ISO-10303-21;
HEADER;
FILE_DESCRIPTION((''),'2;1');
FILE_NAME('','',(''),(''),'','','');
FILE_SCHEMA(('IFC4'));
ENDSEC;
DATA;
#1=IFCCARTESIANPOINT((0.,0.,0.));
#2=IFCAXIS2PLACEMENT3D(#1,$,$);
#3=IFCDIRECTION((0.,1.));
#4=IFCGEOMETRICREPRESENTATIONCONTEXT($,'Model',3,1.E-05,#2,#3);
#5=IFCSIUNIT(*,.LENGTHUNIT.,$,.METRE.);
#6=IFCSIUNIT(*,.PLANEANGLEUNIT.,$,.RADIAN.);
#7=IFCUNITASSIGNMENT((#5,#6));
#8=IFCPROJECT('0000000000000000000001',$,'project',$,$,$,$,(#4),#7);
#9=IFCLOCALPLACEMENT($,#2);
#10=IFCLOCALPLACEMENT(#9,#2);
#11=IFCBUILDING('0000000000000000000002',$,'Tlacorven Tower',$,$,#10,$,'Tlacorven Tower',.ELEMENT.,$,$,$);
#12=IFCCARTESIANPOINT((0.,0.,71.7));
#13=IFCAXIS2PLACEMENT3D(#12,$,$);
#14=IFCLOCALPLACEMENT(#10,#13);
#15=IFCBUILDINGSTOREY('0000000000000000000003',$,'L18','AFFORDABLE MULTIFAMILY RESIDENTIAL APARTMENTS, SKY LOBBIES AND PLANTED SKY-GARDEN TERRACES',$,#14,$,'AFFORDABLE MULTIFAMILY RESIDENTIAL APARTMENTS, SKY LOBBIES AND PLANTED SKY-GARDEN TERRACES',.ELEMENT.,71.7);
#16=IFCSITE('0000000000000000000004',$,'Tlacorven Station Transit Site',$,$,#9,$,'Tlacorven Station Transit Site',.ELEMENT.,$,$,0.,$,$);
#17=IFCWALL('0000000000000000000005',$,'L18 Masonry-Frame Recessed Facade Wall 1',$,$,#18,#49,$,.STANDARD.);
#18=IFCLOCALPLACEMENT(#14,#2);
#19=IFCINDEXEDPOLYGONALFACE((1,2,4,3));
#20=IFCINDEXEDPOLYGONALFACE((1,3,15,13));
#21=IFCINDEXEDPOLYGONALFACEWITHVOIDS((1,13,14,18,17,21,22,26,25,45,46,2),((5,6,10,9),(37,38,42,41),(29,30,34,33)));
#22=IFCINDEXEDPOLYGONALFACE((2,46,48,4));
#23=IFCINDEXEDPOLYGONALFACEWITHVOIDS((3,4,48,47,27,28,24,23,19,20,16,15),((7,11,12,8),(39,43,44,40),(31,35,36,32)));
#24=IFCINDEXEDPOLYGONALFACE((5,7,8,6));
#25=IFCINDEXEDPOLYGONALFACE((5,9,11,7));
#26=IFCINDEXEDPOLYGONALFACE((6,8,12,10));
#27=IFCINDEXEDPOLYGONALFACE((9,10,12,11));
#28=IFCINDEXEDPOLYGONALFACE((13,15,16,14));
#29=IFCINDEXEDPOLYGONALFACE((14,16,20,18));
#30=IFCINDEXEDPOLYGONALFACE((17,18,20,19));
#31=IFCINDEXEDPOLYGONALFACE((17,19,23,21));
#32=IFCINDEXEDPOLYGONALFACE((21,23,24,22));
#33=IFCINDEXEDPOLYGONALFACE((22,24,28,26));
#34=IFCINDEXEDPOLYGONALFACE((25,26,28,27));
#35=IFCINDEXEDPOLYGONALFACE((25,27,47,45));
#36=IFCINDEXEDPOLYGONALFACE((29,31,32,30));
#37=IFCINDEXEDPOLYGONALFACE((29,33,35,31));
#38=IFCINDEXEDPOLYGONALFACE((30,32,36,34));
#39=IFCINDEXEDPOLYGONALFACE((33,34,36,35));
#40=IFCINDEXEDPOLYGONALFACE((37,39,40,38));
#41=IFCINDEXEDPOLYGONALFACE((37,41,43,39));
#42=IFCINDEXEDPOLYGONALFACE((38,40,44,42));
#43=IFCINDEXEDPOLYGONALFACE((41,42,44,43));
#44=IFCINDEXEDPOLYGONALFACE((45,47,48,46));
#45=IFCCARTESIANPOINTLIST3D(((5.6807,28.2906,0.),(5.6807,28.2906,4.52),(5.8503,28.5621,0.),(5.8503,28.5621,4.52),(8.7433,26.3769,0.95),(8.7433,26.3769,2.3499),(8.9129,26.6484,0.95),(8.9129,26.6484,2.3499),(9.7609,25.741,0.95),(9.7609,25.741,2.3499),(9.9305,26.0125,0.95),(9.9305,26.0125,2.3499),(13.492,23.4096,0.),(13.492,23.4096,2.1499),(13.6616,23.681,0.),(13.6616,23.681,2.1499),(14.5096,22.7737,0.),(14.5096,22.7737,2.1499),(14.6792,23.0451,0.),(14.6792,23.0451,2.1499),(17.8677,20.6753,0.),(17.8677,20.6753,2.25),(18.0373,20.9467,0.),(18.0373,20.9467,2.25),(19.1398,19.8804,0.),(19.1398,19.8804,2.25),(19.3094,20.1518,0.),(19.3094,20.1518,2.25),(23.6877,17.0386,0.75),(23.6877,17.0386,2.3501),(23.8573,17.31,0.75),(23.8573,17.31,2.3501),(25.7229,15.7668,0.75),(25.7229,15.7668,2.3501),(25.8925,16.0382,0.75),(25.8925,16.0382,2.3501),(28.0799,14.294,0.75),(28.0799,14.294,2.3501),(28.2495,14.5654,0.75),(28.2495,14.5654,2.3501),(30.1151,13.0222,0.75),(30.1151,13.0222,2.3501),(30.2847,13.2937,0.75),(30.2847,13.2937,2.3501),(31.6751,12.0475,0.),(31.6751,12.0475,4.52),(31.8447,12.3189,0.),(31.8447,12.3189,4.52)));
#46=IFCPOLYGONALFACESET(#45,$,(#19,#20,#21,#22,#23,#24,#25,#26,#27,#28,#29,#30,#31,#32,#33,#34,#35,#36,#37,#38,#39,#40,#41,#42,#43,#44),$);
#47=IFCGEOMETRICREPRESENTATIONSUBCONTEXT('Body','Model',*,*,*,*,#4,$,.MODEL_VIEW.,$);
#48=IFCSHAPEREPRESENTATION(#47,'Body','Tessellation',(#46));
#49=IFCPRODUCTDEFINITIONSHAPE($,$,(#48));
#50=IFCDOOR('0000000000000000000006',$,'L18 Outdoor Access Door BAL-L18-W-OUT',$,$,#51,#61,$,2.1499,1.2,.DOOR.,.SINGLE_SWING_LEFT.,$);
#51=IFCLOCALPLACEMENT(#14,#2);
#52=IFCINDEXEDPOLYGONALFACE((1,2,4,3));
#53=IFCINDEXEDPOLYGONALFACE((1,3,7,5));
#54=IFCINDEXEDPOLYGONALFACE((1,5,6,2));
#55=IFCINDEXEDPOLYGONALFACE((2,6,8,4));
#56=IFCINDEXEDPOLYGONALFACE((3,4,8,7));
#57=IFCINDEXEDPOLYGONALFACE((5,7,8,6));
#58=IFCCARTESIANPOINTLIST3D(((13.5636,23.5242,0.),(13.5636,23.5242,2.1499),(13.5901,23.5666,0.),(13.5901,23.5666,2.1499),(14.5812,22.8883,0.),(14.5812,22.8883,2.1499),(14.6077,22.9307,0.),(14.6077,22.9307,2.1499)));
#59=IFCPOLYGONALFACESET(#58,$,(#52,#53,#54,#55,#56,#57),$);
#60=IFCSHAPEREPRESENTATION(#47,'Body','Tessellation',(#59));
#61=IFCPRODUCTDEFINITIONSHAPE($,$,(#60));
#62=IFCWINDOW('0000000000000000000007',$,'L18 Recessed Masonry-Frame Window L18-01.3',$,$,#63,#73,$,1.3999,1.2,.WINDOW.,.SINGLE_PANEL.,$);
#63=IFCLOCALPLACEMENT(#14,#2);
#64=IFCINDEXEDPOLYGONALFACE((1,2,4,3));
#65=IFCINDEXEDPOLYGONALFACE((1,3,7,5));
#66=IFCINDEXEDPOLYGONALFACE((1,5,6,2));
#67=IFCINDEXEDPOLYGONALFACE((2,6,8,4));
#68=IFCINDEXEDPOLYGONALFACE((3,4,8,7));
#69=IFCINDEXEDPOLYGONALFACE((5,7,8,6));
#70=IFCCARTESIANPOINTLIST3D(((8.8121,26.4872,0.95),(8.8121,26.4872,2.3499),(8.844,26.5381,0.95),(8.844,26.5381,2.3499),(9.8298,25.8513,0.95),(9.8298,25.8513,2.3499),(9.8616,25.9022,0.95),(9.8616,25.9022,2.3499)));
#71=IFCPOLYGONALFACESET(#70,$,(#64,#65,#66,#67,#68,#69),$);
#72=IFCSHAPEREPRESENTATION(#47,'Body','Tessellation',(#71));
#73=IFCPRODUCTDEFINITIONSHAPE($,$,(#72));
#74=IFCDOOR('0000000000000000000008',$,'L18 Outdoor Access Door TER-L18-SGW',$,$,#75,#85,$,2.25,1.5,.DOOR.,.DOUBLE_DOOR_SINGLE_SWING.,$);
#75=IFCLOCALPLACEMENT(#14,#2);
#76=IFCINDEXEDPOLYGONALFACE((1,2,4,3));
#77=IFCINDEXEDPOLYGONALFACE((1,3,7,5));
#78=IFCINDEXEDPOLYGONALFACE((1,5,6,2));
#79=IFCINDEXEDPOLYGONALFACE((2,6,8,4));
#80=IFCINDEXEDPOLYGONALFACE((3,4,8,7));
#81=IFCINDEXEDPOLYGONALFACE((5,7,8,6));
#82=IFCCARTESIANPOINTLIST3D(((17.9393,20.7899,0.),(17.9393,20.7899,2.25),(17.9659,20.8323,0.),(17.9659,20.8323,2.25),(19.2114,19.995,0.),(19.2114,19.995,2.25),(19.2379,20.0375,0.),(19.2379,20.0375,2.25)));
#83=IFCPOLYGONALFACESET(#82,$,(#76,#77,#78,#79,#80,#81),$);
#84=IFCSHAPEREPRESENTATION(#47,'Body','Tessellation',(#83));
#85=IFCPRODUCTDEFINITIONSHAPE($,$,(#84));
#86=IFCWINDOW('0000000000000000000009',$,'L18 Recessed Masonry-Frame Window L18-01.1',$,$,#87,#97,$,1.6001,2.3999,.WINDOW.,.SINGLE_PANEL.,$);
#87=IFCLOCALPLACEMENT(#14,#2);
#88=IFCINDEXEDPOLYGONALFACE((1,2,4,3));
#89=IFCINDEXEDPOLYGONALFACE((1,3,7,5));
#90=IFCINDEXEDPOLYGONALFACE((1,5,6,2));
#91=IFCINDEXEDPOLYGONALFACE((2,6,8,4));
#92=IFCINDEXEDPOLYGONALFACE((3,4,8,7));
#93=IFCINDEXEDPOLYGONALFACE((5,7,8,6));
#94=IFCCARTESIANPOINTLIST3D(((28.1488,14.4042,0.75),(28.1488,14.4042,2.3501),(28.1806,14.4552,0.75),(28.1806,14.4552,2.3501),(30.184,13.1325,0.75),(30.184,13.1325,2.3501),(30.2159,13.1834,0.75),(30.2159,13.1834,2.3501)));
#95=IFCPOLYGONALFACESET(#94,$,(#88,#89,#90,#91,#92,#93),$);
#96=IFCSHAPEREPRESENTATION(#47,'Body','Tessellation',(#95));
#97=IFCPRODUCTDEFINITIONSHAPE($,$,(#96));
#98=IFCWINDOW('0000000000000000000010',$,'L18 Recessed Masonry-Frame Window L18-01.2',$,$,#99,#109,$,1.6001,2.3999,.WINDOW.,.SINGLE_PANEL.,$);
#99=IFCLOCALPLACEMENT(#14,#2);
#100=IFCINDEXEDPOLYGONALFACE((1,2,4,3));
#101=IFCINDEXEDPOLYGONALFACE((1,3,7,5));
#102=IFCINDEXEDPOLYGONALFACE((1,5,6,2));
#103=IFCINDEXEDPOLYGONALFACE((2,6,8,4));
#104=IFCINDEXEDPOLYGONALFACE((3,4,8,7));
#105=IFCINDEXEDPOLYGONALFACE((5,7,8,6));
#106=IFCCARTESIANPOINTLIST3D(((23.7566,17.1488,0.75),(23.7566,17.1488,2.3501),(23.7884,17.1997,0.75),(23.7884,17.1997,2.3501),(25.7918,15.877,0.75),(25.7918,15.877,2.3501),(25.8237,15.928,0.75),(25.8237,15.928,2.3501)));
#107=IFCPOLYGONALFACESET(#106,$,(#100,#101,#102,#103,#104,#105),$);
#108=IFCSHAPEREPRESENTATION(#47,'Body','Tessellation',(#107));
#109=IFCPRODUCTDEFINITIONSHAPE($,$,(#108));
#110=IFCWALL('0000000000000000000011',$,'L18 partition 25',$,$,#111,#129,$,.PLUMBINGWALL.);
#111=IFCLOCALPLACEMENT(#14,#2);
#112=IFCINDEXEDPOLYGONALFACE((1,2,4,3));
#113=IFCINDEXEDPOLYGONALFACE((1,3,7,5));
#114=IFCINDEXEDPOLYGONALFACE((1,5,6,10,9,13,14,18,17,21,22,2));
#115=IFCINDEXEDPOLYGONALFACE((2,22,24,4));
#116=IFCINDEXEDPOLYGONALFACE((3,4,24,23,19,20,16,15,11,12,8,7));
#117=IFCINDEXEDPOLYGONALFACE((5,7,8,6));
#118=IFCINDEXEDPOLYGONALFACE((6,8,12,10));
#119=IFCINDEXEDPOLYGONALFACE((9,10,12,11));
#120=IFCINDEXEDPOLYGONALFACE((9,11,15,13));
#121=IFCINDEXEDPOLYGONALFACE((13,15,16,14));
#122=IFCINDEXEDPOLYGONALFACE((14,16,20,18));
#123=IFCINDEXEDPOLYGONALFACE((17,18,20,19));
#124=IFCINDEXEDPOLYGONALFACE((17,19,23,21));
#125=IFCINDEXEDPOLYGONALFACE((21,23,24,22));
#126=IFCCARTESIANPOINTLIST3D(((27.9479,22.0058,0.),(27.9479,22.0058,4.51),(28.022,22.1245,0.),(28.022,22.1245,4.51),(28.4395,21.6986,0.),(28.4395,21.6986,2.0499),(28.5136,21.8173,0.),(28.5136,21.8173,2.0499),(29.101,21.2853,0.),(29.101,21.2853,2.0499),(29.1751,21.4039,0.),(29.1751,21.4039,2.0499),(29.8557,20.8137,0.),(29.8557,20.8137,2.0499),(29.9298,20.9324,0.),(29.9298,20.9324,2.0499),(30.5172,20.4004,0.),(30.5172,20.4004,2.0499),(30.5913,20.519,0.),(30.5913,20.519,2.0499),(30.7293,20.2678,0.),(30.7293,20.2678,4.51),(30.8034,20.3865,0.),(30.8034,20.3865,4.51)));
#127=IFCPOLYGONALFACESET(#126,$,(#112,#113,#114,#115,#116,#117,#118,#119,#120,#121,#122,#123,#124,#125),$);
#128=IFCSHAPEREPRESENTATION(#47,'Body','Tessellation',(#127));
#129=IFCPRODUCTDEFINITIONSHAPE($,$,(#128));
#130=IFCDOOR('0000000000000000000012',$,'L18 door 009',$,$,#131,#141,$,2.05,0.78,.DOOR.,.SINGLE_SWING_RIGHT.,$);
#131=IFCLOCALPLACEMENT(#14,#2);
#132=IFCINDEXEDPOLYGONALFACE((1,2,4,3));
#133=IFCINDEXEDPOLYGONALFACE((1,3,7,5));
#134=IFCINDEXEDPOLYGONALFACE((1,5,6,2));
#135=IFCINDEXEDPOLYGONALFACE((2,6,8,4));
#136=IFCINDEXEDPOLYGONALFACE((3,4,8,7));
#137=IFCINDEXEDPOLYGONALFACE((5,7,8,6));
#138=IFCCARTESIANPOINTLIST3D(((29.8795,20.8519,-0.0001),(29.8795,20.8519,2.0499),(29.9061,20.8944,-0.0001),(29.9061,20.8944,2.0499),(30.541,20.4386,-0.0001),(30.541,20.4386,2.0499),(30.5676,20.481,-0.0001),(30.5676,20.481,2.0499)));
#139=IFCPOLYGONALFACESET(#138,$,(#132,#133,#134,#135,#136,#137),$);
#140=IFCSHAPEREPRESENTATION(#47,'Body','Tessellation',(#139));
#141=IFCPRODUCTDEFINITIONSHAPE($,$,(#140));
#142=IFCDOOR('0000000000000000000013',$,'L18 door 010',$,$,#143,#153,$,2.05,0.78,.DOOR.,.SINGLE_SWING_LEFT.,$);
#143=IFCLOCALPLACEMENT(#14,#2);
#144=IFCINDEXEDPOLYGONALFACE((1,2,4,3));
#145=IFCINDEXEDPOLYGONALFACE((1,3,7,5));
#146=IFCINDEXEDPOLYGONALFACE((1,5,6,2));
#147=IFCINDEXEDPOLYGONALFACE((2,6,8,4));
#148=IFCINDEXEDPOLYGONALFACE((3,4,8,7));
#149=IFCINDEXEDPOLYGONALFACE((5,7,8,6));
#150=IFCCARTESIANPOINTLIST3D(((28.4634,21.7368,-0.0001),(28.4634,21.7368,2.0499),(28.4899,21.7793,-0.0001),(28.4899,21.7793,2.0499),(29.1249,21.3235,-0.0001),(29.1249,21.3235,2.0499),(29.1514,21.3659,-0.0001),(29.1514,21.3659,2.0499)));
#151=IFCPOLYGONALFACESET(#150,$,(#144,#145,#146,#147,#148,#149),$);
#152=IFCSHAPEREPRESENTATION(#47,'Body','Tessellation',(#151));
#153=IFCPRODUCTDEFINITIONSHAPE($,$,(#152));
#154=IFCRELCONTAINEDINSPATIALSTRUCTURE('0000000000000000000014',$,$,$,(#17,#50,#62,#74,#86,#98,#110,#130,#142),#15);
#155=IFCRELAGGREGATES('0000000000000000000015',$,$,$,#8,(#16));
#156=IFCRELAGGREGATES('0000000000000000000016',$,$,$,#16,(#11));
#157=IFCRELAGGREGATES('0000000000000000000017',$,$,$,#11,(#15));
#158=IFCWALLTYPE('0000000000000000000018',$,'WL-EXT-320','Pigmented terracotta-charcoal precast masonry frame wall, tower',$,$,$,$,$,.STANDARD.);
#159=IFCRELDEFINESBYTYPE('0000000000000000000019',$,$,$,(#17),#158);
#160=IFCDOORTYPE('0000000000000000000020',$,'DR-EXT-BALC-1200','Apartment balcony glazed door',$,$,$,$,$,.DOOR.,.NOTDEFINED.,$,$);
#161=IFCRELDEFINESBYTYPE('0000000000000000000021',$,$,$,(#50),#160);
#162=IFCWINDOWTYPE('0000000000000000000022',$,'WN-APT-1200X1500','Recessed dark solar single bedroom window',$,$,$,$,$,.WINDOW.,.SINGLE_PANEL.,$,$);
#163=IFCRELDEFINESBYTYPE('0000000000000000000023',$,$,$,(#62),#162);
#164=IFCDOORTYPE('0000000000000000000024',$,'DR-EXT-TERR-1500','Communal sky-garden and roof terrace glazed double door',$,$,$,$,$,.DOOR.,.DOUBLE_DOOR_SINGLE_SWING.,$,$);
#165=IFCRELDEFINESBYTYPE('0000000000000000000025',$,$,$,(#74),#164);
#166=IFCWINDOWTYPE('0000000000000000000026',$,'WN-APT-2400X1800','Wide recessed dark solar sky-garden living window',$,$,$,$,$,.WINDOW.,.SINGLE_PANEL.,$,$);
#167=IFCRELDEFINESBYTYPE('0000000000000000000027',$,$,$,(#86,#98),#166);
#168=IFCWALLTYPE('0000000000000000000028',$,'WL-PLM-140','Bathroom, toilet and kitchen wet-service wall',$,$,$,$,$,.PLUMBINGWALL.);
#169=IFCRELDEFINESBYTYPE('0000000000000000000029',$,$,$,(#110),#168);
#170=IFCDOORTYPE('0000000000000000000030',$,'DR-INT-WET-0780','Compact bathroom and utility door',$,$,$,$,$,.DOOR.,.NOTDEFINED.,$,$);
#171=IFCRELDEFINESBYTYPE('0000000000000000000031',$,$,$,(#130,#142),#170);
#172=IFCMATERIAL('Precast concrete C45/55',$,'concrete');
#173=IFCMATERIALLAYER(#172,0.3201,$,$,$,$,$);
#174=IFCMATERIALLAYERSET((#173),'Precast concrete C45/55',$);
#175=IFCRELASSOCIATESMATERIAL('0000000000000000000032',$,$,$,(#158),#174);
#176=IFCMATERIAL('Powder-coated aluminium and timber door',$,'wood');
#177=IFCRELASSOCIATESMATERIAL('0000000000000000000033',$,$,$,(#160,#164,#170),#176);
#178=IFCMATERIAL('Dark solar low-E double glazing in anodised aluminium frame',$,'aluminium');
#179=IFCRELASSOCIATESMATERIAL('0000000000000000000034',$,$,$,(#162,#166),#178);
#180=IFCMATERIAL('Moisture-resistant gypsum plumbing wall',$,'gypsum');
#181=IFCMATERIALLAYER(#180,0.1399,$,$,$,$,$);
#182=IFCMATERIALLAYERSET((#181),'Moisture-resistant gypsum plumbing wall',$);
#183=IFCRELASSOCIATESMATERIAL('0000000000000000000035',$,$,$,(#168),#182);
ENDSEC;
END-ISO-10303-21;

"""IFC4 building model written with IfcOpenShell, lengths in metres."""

from ifc_helpers import new_model, si_unit, direction, frame, frame_2d, origin, place, context, subcontext, project, spatial, rectangle, extrude, source, transform, mapped, material, layer, layer_set, type_object, element, fill, save


model = new_model("IFC4")

# Units and contexts
model_context = context("Model", 3, precision=1e-05, world=origin(), true_north=direction((0.0, 1.0)))
body_context = subcontext(model_context, "Body", "Model", "MODEL_VIEW")
ifc_project = project(units=[si_unit("LENGTHUNIT", "METRE"), si_unit("PLANEANGLEUNIT", "RADIAN")], contexts=[model_context])

# Site, building, storey
site_placement = place(None, origin())
site = spatial("IfcSite", under=ifc_project, at=site_placement, Name="Tlacorven Station Transit Site", LongName="Tlacorven Station Transit Site", CompositionType="ELEMENT", RefElevation=0.0)
building_placement = place(site_placement, origin())
building = spatial("IfcBuilding", under=site, at=building_placement, Name="Tlacorven Tower", LongName="Tlacorven Tower", CompositionType="ELEMENT")
storey_placement = place(building_placement, frame((0.0, 0.0, 71.7)))
storey = spatial("IfcBuildingStorey", under=building, at=storey_placement, Name="L18", Description="AFFORDABLE MULTIFAMILY RESIDENTIAL APARTMENTS, SKY LOBBIES AND PLANTED SKY-GARDEN TERRACES", LongName="AFFORDABLE MULTIFAMILY RESIDENTIAL APARTMENTS, SKY LOBBIES AND PLANTED SKY-GARDEN TERRACES", CompositionType="ELEMENT", Elevation=71.7)

# Wall, openings, doors, windows
ifc_material_1 = material(Name="Precast concrete C45/55", Category="concrete")
ifc_layer_1 = layer(ifc_material_1, 0.3201)
ifc_layer_set_1 = layer_set([ifc_layer_1], Name="Precast concrete C45/55")
wall_type_1 = type_object("IfcWallType", Name="WL-EXT-320", Description="Pigmented terracotta-charcoal precast masonry frame wall, tower", PredefinedType="STANDARD", material=ifc_layer_set_1)
wall_1_placement = place(storey_placement, frame((31.76, 12.1831, 0.0), z_axis=(0.0, 0.0, 1.0), x_axis=(-0.848047, 0.529921, 0.0)))
wall_1 = element("IfcWall", 1, at=wall_1_placement, inside=storey, type_object=wall_type_1, Name="L18 Masonry-Frame Recessed Facade Wall 1", PredefinedType="STANDARD", context=body_context, shape_type="SweptSolid", body=[
    extrude(rectangle(XDim=30.6521, YDim=0.3201, at=frame_2d((15.3262, 0.0))), origin(), (0.0, 0.0, 1.0), 4.52),
])
opening_1_placement = place(wall_1_placement, frame((20.2412, 0.0, 0.0)))
opening_1 = element("IfcOpeningElement", 2, at=opening_1_placement, cuts=wall_1, PredefinedType="OPENING", context=body_context, shape_type="SweptSolid", body=[
    extrude(rectangle(XDim=1.2, YDim=2.1499, at=frame_2d((0.6001, 1.075))), frame((0.0, 0.1699, 0.0), z_axis=(0.0, -1.0, 0.0), x_axis=(1.0, 0.0, 0.0)), (0.0, 0.0, 1.0), 0.3401),
])
opening_2_placement = place(wall_1_placement, frame((14.7815, 0.0, 0.0)))
opening_2 = element("IfcOpeningElement", 3, at=opening_2_placement, cuts=wall_1, PredefinedType="OPENING", context=body_context, shape_type="SweptSolid", body=[
    extrude(rectangle(XDim=1.5, YDim=2.25, at=frame_2d((0.75, 1.125))), frame((0.0, 0.1699, 0.0), z_axis=(0.0, -1.0, 0.0), x_axis=(1.0, 0.0, 0.0)), (0.0, 0.0, 1.0), 0.3401),
])
opening_3_placement = place(wall_1_placement, frame((1.8396, 0.0, 0.75)))
opening_3 = element("IfcOpeningElement", 4, at=opening_3_placement, cuts=wall_1, PredefinedType="OPENING", context=body_context, shape_type="SweptSolid", body=[
    extrude(rectangle(XDim=2.3999, YDim=1.6001, at=frame_2d((1.2, 0.8))), frame((0.0, 0.1699, 0.0), z_axis=(0.0, -1.0, 0.0), x_axis=(1.0, 0.0, 0.0)), (0.0, 0.0, 1.0), 0.3401),
])
opening_4_placement = place(wall_1_placement, frame((7.0188, 0.0, 0.75)))
opening_4 = element("IfcOpeningElement", 5, at=opening_4_placement, cuts=wall_1, PredefinedType="OPENING", context=body_context, shape_type="SweptSolid", body=[
    extrude(rectangle(XDim=2.3999, YDim=1.6001, at=frame_2d((1.2, 0.8))), frame((0.0, 0.1699, 0.0), z_axis=(0.0, -1.0, 0.0), x_axis=(1.0, 0.0, 0.0)), (0.0, 0.0, 1.0), 0.3401),
])
opening_5_placement = place(wall_1_placement, frame((25.8408, 0.0, 0.95)))
opening_5 = element("IfcOpeningElement", 6, at=opening_5_placement, cuts=wall_1, PredefinedType="OPENING", context=body_context, shape_type="SweptSolid", body=[
    extrude(rectangle(XDim=1.2, YDim=1.3999, at=frame_2d((0.6001, 0.7))), frame((0.0, 0.1699, 0.0), z_axis=(0.0, -1.0, 0.0), x_axis=(1.0, 0.0, 0.0)), (0.0, 0.0, 1.0), 0.3401),
])
ifc_material_2 = material(Name="Powder-coated aluminium and timber door", Category="wood")
door_type_1 = type_object("IfcDoorType", Name="DR-EXT-BALC-1200", Description="Apartment balcony glazed door", OperationType="NOTDEFINED", PredefinedType="DOOR", material=ifc_material_2)
shared_shape_1 = source(origin(), body_context, "Body", "SweptSolid", [
    extrude(rectangle(XDim=1.2, YDim=2.1499, at=frame_2d((0.6001, 1.075))), frame((0.0, 0.0249, 0.0), z_axis=(0.0, -1.0, 0.0), x_axis=(1.0, 0.0, 0.0)), (0.0, 0.0, 1.0), 0.05),
])
door_1_placement = place(opening_1_placement, origin())
door_1 = element("IfcDoor", 7, at=door_1_placement, inside=storey, type_object=door_type_1, Name="L18 Outdoor Access Door BAL-L18-W-OUT", OperationType="SINGLE_SWING_LEFT", OverallHeight=2.1499, OverallWidth=1.2, PredefinedType="DOOR", context=body_context, shape_type="MappedRepresentation", body=[
    mapped(shared_shape_1, transform((0.0, 0.0, 0.0), scale=1.0)),
])
fill(opening_1, door_1)
ifc_material_3 = material(Name="Dark solar low-E double glazing in anodised aluminium frame", Category="aluminium")
window_type_1 = type_object("IfcWindowType", Name="WN-APT-1200X1500", Description="Recessed dark solar single bedroom window", PartitioningType="SINGLE_PANEL", PredefinedType="WINDOW", material=ifc_material_3)
shared_shape_2 = source(origin(), body_context, "Body", "SweptSolid", [
    extrude(rectangle(XDim=1.2, YDim=1.3999, at=frame_2d((0.6001, 0.7))), frame((0.0, 0.03, 0.0), z_axis=(0.0, -1.0, 0.0), x_axis=(1.0, 0.0, 0.0)), (0.0, 0.0, 1.0), 0.0601),
])
window_1_placement = place(opening_5_placement, origin())
window_1 = element("IfcWindow", 8, at=window_1_placement, inside=storey, type_object=window_type_1, Name="L18 Recessed Masonry-Frame Window L18-01.3", OverallHeight=1.3999, OverallWidth=1.2, PartitioningType="SINGLE_PANEL", PredefinedType="WINDOW", context=body_context, shape_type="MappedRepresentation", body=[
    mapped(shared_shape_2, transform((0.0, 0.0, 0.0), scale=1.0)),
])
fill(opening_5, window_1)
door_type_2 = type_object("IfcDoorType", Name="DR-EXT-TERR-1500", Description="Communal sky-garden and roof terrace glazed double door", OperationType="DOUBLE_DOOR_SINGLE_SWING", PredefinedType="DOOR", material=ifc_material_2)
shared_shape_3 = source(origin(), body_context, "Body", "SweptSolid", [
    extrude(rectangle(XDim=1.5, YDim=2.25, at=frame_2d((0.75, 1.125))), frame((0.0, 0.0249, 0.0), z_axis=(0.0, -1.0, 0.0), x_axis=(1.0, 0.0, 0.0)), (0.0, 0.0, 1.0), 0.05),
])
door_2_placement = place(opening_2_placement, origin())
door_2 = element("IfcDoor", 9, at=door_2_placement, inside=storey, type_object=door_type_2, Name="L18 Outdoor Access Door TER-L18-SGW", OperationType="DOUBLE_DOOR_SINGLE_SWING", OverallHeight=2.25, OverallWidth=1.5, PredefinedType="DOOR", context=body_context, shape_type="MappedRepresentation", body=[
    mapped(shared_shape_3, transform((0.0, 0.0, 0.0), scale=1.0)),
])
fill(opening_2, door_2)
window_type_2 = type_object("IfcWindowType", Name="WN-APT-2400X1800", Description="Wide recessed dark solar sky-garden living window", PartitioningType="SINGLE_PANEL", PredefinedType="WINDOW", material=ifc_material_3)
shared_shape_4 = source(origin(), body_context, "Body", "SweptSolid", [
    extrude(rectangle(XDim=2.3999, YDim=1.6001, at=frame_2d((1.2, 0.8))), frame((0.0, 0.03, 0.0), z_axis=(0.0, -1.0, 0.0), x_axis=(1.0, 0.0, 0.0)), (0.0, 0.0, 1.0), 0.0601),
])
window_2_placement = place(opening_3_placement, origin())
window_2 = element("IfcWindow", 10, at=window_2_placement, inside=storey, type_object=window_type_2, Name="L18 Recessed Masonry-Frame Window L18-01.1", OverallHeight=1.6001, OverallWidth=2.3999, PartitioningType="SINGLE_PANEL", PredefinedType="WINDOW", context=body_context, shape_type="MappedRepresentation", body=[
    mapped(shared_shape_4, transform((0.0, 0.0, 0.0), scale=1.0)),
])
fill(opening_3, window_2)
window_3_placement = place(opening_4_placement, origin())
window_3 = element("IfcWindow", 11, at=window_3_placement, inside=storey, type_object=window_type_2, Name="L18 Recessed Masonry-Frame Window L18-01.2", OverallHeight=1.6001, OverallWidth=2.3999, PartitioningType="SINGLE_PANEL", PredefinedType="WINDOW", context=body_context, shape_type="MappedRepresentation", body=[
    mapped(shared_shape_4, transform((0.0, 0.0, 0.0), scale=1.0)),
])
fill(opening_4, window_3)

# Wall, openings, doors
ifc_material_4 = material(Name="Moisture-resistant gypsum plumbing wall", Category="gypsum")
ifc_layer_2 = layer(ifc_material_4, 0.1399)
ifc_layer_set_2 = layer_set([ifc_layer_2], Name="Moisture-resistant gypsum plumbing wall")
wall_type_2 = type_object("IfcWallType", Name="WL-PLM-140", Description="Bathroom, toilet and kitchen wet-service wall", PredefinedType="PLUMBINGWALL", material=ifc_layer_set_2)
wall_2_placement = place(storey_placement, frame((30.7664, 20.3271, 0.0), z_axis=(0.0, 0.0, 1.0), x_axis=(-0.848053, 0.529912, 0.0)))
wall_2 = element("IfcWall", 12, at=wall_2_placement, inside=storey, type_object=wall_type_2, Name="L18 partition 25", PredefinedType="PLUMBINGWALL", context=body_context, shape_type="SweptSolid", body=[
    extrude(rectangle(XDim=3.2798, YDim=0.1399, at=frame_2d((1.6399, 0.0))), origin(), (0.0, 0.0, 1.0), 4.51),
])
opening_6_placement = place(wall_2_placement, frame((0.25, 0.0, 0.0)))
opening_6 = element("IfcOpeningElement", 13, at=opening_6_placement, cuts=wall_2, PredefinedType="OPENING", context=body_context, shape_type="SweptSolid", body=[
    extrude(rectangle(XDim=0.78, YDim=2.05, at=frame_2d((0.3901, 1.0249))), frame((0.0, 0.0801, 0.0), z_axis=(0.0, -1.0, 0.0), x_axis=(1.0, 0.0, 0.0)), (0.0, 0.0, 1.0), 0.1599),
])
opening_7_placement = place(wall_2_placement, frame((1.9199, 0.0, 0.0)))
opening_7 = element("IfcOpeningElement", 14, at=opening_7_placement, cuts=wall_2, PredefinedType="OPENING", context=body_context, shape_type="SweptSolid", body=[
    extrude(rectangle(XDim=0.78, YDim=2.05, at=frame_2d((0.3901, 1.0249))), frame((0.0, 0.0801, 0.0), z_axis=(0.0, -1.0, 0.0), x_axis=(1.0, 0.0, 0.0)), (0.0, 0.0, 1.0), 0.1599),
])
door_type_3 = type_object("IfcDoorType", Name="DR-INT-WET-0780", Description="Compact bathroom and utility door", OperationType="NOTDEFINED", PredefinedType="DOOR", material=ifc_material_2)
shared_shape_5 = source(origin(), body_context, "Body", "SweptSolid", [
    extrude(rectangle(XDim=0.78, YDim=2.05, at=frame_2d((0.3901, 1.0249))), frame((0.0, 0.0249, 0.0), z_axis=(0.0, -1.0, 0.0), x_axis=(1.0, 0.0, 0.0)), (0.0, 0.0, 1.0), 0.05),
])
door_3_placement = place(opening_6_placement, origin())
door_3 = element("IfcDoor", 15, at=door_3_placement, inside=storey, type_object=door_type_3, Name="L18 door 009", OperationType="SINGLE_SWING_RIGHT", OverallHeight=2.05, OverallWidth=0.78, PredefinedType="DOOR", context=body_context, shape_type="MappedRepresentation", body=[
    mapped(shared_shape_5, transform((0.0, 0.0, 0.0), scale=1.0)),
])
fill(opening_6, door_3)
door_4_placement = place(opening_7_placement, origin())
door_4 = element("IfcDoor", 16, at=door_4_placement, inside=storey, type_object=door_type_3, Name="L18 door 010", OperationType="SINGLE_SWING_LEFT", OverallHeight=2.05, OverallWidth=0.78, PredefinedType="DOOR", context=body_context, shape_type="MappedRepresentation", body=[
    mapped(shared_shape_5, transform((0.0, 0.0, 0.0), scale=1.0)),
])
fill(opening_7, door_4)

save(model, "model.ifc")
